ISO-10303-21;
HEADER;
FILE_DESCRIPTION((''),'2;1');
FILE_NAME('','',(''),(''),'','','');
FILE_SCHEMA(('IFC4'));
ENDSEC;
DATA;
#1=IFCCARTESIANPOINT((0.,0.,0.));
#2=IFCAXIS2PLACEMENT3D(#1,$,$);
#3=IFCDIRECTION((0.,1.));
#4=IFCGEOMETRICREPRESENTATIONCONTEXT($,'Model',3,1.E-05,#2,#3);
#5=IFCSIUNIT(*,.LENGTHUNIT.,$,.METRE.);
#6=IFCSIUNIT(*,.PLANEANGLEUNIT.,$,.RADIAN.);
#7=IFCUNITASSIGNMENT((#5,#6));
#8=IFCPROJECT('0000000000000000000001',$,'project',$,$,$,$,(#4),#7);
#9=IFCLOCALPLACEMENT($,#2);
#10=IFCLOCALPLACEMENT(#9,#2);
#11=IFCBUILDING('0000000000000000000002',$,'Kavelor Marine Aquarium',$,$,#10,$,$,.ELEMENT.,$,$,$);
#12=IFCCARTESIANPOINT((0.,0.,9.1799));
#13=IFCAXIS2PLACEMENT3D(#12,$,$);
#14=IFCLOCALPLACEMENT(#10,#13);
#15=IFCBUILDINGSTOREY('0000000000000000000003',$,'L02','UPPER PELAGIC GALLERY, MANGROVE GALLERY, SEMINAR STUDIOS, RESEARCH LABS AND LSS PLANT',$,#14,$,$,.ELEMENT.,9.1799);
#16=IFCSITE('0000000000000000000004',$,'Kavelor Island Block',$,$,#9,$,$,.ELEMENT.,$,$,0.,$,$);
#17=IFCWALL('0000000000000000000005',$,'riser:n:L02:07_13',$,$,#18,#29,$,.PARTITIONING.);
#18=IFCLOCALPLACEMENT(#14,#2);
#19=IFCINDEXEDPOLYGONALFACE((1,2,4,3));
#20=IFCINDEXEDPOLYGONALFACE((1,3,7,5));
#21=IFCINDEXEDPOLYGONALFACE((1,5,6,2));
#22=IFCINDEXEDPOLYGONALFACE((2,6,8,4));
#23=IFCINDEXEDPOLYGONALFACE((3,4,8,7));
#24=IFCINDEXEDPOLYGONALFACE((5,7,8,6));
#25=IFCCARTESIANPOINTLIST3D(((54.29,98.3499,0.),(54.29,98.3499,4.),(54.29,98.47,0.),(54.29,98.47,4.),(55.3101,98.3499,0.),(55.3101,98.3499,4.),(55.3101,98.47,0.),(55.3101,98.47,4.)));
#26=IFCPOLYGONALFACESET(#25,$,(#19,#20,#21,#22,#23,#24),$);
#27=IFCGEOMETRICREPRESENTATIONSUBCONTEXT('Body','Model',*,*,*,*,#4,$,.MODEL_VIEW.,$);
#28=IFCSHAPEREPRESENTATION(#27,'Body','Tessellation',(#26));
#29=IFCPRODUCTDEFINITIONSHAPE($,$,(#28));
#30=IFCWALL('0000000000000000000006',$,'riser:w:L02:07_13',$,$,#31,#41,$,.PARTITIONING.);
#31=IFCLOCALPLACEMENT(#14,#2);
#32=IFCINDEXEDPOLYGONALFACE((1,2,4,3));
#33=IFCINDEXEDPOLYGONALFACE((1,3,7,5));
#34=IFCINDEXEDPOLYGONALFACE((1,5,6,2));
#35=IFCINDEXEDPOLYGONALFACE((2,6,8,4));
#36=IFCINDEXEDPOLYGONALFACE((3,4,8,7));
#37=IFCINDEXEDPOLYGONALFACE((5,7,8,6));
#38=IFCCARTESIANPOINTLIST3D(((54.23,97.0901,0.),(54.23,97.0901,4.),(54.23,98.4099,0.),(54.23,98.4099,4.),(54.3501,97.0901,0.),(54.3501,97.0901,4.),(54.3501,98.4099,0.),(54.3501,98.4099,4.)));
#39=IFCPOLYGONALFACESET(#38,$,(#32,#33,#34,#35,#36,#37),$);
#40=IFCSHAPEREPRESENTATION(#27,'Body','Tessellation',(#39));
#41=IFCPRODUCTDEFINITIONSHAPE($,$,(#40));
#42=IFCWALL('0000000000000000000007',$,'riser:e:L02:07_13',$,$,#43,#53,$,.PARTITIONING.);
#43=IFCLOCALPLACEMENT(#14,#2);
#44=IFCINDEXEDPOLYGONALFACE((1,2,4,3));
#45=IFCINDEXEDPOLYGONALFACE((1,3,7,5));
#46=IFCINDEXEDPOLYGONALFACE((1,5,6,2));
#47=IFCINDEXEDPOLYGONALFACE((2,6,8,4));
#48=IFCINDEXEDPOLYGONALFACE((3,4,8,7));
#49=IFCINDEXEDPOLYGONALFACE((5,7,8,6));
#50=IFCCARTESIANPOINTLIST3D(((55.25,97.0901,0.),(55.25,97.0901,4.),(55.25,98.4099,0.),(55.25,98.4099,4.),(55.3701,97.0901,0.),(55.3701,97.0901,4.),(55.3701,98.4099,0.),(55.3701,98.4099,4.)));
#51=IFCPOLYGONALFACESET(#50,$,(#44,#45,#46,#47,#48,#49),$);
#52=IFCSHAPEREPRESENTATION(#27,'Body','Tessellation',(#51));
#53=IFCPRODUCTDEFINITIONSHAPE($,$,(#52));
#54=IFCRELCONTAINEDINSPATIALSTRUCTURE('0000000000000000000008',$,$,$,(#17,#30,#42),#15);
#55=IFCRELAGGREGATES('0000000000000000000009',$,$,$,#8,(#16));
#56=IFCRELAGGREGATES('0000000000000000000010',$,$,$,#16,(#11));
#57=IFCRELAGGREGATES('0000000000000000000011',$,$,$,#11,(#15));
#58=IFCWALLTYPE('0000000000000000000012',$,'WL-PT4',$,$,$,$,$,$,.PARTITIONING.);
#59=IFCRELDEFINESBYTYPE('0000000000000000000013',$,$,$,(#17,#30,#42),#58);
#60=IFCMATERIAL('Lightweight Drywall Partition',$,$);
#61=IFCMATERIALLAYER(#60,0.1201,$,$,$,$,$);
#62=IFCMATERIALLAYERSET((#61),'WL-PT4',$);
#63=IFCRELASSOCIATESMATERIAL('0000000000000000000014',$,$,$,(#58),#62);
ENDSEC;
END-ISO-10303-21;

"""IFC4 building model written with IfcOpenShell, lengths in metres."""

from ifc_helpers import new_model, si_unit, direction, frame, frame_2d, origin, place, context, subcontext, project, spatial, rectangle, extrude, material, layer, layer_set, type_object, element, save


model = new_model("IFC4")

# Units and contexts
model_context = context("Model", 3, precision=1e-05, world=origin(), true_north=direction((0.0, 1.0)))
body_context = subcontext(model_context, "Body", "Model", "MODEL_VIEW")
ifc_project = project(units=[si_unit("LENGTHUNIT", "METRE"), si_unit("PLANEANGLEUNIT", "RADIAN")], contexts=[model_context])

# Site, building, storey
site_placement = place(None, origin())
site = spatial("IfcSite", under=ifc_project, at=site_placement, Name="Kavelor Island Block", CompositionType="ELEMENT", RefElevation=0.0)
building_placement = place(site_placement, origin())
building = spatial("IfcBuilding", under=site, at=building_placement, Name="Kavelor Marine Aquarium", CompositionType="ELEMENT")
storey_placement = place(building_placement, frame((0.0, 0.0, 9.1799)))
storey = spatial("IfcBuildingStorey", under=building, at=storey_placement, Name="L02", Description="UPPER PELAGIC GALLERY, MANGROVE GALLERY, SEMINAR STUDIOS, RESEARCH LABS AND LSS PLANT", CompositionType="ELEMENT", Elevation=9.1799)

# Walls
ifc_material_1 = material(Name="Lightweight Drywall Partition")
ifc_layer_1 = layer(ifc_material_1, 0.1201)
ifc_layer_set_1 = layer_set([ifc_layer_1], Name="WL-PT4")
wall_type_1 = type_object("IfcWallType", Name="WL-PT4", PredefinedType="PARTITIONING", material=ifc_layer_set_1)
for number, where, z_axis, x_axis, name in (
    (1, (54.29, 98.4099, 0.0), (0.0, 0.0, 1.0), (1.0, 0.0, 0.0), "riser:n:L02:07_13"),
):
    element("IfcWall", number, at=place(storey_placement, frame(where, z_axis=z_axis, x_axis=x_axis)), inside=storey, type_object=wall_type_1, Name=name, PredefinedType="PARTITIONING", context=body_context, shape_type="SweptSolid", body=[
        extrude(rectangle(XDim=1.02, YDim=0.1201, at=frame_2d((0.51, 0.0))), origin(), (0.0, 0.0, 1.0), 4.0),
    ])
for number, where, z_axis, x_axis, name in (
    (2, (54.29, 97.0901, 0.0), (0.0, 0.0, 1.0), (0.0, 1.0, 0.0), "riser:w:L02:07_13"),
    (3, (55.3101, 97.0901, 0.0), (0.0, 0.0, 1.0), (0.0, 1.0, 0.0), "riser:e:L02:07_13"),
):
    element("IfcWall", number, at=place(storey_placement, frame(where, z_axis=z_axis, x_axis=x_axis)), inside=storey, type_object=wall_type_1, Name=name, PredefinedType="PARTITIONING", context=body_context, shape_type="SweptSolid", body=[
        extrude(rectangle(XDim=1.3198, YDim=0.1201, at=frame_2d((0.6599, 0.0))), origin(), (0.0, 0.0, 1.0), 4.0),
    ])

save(model, "model.ifc")
